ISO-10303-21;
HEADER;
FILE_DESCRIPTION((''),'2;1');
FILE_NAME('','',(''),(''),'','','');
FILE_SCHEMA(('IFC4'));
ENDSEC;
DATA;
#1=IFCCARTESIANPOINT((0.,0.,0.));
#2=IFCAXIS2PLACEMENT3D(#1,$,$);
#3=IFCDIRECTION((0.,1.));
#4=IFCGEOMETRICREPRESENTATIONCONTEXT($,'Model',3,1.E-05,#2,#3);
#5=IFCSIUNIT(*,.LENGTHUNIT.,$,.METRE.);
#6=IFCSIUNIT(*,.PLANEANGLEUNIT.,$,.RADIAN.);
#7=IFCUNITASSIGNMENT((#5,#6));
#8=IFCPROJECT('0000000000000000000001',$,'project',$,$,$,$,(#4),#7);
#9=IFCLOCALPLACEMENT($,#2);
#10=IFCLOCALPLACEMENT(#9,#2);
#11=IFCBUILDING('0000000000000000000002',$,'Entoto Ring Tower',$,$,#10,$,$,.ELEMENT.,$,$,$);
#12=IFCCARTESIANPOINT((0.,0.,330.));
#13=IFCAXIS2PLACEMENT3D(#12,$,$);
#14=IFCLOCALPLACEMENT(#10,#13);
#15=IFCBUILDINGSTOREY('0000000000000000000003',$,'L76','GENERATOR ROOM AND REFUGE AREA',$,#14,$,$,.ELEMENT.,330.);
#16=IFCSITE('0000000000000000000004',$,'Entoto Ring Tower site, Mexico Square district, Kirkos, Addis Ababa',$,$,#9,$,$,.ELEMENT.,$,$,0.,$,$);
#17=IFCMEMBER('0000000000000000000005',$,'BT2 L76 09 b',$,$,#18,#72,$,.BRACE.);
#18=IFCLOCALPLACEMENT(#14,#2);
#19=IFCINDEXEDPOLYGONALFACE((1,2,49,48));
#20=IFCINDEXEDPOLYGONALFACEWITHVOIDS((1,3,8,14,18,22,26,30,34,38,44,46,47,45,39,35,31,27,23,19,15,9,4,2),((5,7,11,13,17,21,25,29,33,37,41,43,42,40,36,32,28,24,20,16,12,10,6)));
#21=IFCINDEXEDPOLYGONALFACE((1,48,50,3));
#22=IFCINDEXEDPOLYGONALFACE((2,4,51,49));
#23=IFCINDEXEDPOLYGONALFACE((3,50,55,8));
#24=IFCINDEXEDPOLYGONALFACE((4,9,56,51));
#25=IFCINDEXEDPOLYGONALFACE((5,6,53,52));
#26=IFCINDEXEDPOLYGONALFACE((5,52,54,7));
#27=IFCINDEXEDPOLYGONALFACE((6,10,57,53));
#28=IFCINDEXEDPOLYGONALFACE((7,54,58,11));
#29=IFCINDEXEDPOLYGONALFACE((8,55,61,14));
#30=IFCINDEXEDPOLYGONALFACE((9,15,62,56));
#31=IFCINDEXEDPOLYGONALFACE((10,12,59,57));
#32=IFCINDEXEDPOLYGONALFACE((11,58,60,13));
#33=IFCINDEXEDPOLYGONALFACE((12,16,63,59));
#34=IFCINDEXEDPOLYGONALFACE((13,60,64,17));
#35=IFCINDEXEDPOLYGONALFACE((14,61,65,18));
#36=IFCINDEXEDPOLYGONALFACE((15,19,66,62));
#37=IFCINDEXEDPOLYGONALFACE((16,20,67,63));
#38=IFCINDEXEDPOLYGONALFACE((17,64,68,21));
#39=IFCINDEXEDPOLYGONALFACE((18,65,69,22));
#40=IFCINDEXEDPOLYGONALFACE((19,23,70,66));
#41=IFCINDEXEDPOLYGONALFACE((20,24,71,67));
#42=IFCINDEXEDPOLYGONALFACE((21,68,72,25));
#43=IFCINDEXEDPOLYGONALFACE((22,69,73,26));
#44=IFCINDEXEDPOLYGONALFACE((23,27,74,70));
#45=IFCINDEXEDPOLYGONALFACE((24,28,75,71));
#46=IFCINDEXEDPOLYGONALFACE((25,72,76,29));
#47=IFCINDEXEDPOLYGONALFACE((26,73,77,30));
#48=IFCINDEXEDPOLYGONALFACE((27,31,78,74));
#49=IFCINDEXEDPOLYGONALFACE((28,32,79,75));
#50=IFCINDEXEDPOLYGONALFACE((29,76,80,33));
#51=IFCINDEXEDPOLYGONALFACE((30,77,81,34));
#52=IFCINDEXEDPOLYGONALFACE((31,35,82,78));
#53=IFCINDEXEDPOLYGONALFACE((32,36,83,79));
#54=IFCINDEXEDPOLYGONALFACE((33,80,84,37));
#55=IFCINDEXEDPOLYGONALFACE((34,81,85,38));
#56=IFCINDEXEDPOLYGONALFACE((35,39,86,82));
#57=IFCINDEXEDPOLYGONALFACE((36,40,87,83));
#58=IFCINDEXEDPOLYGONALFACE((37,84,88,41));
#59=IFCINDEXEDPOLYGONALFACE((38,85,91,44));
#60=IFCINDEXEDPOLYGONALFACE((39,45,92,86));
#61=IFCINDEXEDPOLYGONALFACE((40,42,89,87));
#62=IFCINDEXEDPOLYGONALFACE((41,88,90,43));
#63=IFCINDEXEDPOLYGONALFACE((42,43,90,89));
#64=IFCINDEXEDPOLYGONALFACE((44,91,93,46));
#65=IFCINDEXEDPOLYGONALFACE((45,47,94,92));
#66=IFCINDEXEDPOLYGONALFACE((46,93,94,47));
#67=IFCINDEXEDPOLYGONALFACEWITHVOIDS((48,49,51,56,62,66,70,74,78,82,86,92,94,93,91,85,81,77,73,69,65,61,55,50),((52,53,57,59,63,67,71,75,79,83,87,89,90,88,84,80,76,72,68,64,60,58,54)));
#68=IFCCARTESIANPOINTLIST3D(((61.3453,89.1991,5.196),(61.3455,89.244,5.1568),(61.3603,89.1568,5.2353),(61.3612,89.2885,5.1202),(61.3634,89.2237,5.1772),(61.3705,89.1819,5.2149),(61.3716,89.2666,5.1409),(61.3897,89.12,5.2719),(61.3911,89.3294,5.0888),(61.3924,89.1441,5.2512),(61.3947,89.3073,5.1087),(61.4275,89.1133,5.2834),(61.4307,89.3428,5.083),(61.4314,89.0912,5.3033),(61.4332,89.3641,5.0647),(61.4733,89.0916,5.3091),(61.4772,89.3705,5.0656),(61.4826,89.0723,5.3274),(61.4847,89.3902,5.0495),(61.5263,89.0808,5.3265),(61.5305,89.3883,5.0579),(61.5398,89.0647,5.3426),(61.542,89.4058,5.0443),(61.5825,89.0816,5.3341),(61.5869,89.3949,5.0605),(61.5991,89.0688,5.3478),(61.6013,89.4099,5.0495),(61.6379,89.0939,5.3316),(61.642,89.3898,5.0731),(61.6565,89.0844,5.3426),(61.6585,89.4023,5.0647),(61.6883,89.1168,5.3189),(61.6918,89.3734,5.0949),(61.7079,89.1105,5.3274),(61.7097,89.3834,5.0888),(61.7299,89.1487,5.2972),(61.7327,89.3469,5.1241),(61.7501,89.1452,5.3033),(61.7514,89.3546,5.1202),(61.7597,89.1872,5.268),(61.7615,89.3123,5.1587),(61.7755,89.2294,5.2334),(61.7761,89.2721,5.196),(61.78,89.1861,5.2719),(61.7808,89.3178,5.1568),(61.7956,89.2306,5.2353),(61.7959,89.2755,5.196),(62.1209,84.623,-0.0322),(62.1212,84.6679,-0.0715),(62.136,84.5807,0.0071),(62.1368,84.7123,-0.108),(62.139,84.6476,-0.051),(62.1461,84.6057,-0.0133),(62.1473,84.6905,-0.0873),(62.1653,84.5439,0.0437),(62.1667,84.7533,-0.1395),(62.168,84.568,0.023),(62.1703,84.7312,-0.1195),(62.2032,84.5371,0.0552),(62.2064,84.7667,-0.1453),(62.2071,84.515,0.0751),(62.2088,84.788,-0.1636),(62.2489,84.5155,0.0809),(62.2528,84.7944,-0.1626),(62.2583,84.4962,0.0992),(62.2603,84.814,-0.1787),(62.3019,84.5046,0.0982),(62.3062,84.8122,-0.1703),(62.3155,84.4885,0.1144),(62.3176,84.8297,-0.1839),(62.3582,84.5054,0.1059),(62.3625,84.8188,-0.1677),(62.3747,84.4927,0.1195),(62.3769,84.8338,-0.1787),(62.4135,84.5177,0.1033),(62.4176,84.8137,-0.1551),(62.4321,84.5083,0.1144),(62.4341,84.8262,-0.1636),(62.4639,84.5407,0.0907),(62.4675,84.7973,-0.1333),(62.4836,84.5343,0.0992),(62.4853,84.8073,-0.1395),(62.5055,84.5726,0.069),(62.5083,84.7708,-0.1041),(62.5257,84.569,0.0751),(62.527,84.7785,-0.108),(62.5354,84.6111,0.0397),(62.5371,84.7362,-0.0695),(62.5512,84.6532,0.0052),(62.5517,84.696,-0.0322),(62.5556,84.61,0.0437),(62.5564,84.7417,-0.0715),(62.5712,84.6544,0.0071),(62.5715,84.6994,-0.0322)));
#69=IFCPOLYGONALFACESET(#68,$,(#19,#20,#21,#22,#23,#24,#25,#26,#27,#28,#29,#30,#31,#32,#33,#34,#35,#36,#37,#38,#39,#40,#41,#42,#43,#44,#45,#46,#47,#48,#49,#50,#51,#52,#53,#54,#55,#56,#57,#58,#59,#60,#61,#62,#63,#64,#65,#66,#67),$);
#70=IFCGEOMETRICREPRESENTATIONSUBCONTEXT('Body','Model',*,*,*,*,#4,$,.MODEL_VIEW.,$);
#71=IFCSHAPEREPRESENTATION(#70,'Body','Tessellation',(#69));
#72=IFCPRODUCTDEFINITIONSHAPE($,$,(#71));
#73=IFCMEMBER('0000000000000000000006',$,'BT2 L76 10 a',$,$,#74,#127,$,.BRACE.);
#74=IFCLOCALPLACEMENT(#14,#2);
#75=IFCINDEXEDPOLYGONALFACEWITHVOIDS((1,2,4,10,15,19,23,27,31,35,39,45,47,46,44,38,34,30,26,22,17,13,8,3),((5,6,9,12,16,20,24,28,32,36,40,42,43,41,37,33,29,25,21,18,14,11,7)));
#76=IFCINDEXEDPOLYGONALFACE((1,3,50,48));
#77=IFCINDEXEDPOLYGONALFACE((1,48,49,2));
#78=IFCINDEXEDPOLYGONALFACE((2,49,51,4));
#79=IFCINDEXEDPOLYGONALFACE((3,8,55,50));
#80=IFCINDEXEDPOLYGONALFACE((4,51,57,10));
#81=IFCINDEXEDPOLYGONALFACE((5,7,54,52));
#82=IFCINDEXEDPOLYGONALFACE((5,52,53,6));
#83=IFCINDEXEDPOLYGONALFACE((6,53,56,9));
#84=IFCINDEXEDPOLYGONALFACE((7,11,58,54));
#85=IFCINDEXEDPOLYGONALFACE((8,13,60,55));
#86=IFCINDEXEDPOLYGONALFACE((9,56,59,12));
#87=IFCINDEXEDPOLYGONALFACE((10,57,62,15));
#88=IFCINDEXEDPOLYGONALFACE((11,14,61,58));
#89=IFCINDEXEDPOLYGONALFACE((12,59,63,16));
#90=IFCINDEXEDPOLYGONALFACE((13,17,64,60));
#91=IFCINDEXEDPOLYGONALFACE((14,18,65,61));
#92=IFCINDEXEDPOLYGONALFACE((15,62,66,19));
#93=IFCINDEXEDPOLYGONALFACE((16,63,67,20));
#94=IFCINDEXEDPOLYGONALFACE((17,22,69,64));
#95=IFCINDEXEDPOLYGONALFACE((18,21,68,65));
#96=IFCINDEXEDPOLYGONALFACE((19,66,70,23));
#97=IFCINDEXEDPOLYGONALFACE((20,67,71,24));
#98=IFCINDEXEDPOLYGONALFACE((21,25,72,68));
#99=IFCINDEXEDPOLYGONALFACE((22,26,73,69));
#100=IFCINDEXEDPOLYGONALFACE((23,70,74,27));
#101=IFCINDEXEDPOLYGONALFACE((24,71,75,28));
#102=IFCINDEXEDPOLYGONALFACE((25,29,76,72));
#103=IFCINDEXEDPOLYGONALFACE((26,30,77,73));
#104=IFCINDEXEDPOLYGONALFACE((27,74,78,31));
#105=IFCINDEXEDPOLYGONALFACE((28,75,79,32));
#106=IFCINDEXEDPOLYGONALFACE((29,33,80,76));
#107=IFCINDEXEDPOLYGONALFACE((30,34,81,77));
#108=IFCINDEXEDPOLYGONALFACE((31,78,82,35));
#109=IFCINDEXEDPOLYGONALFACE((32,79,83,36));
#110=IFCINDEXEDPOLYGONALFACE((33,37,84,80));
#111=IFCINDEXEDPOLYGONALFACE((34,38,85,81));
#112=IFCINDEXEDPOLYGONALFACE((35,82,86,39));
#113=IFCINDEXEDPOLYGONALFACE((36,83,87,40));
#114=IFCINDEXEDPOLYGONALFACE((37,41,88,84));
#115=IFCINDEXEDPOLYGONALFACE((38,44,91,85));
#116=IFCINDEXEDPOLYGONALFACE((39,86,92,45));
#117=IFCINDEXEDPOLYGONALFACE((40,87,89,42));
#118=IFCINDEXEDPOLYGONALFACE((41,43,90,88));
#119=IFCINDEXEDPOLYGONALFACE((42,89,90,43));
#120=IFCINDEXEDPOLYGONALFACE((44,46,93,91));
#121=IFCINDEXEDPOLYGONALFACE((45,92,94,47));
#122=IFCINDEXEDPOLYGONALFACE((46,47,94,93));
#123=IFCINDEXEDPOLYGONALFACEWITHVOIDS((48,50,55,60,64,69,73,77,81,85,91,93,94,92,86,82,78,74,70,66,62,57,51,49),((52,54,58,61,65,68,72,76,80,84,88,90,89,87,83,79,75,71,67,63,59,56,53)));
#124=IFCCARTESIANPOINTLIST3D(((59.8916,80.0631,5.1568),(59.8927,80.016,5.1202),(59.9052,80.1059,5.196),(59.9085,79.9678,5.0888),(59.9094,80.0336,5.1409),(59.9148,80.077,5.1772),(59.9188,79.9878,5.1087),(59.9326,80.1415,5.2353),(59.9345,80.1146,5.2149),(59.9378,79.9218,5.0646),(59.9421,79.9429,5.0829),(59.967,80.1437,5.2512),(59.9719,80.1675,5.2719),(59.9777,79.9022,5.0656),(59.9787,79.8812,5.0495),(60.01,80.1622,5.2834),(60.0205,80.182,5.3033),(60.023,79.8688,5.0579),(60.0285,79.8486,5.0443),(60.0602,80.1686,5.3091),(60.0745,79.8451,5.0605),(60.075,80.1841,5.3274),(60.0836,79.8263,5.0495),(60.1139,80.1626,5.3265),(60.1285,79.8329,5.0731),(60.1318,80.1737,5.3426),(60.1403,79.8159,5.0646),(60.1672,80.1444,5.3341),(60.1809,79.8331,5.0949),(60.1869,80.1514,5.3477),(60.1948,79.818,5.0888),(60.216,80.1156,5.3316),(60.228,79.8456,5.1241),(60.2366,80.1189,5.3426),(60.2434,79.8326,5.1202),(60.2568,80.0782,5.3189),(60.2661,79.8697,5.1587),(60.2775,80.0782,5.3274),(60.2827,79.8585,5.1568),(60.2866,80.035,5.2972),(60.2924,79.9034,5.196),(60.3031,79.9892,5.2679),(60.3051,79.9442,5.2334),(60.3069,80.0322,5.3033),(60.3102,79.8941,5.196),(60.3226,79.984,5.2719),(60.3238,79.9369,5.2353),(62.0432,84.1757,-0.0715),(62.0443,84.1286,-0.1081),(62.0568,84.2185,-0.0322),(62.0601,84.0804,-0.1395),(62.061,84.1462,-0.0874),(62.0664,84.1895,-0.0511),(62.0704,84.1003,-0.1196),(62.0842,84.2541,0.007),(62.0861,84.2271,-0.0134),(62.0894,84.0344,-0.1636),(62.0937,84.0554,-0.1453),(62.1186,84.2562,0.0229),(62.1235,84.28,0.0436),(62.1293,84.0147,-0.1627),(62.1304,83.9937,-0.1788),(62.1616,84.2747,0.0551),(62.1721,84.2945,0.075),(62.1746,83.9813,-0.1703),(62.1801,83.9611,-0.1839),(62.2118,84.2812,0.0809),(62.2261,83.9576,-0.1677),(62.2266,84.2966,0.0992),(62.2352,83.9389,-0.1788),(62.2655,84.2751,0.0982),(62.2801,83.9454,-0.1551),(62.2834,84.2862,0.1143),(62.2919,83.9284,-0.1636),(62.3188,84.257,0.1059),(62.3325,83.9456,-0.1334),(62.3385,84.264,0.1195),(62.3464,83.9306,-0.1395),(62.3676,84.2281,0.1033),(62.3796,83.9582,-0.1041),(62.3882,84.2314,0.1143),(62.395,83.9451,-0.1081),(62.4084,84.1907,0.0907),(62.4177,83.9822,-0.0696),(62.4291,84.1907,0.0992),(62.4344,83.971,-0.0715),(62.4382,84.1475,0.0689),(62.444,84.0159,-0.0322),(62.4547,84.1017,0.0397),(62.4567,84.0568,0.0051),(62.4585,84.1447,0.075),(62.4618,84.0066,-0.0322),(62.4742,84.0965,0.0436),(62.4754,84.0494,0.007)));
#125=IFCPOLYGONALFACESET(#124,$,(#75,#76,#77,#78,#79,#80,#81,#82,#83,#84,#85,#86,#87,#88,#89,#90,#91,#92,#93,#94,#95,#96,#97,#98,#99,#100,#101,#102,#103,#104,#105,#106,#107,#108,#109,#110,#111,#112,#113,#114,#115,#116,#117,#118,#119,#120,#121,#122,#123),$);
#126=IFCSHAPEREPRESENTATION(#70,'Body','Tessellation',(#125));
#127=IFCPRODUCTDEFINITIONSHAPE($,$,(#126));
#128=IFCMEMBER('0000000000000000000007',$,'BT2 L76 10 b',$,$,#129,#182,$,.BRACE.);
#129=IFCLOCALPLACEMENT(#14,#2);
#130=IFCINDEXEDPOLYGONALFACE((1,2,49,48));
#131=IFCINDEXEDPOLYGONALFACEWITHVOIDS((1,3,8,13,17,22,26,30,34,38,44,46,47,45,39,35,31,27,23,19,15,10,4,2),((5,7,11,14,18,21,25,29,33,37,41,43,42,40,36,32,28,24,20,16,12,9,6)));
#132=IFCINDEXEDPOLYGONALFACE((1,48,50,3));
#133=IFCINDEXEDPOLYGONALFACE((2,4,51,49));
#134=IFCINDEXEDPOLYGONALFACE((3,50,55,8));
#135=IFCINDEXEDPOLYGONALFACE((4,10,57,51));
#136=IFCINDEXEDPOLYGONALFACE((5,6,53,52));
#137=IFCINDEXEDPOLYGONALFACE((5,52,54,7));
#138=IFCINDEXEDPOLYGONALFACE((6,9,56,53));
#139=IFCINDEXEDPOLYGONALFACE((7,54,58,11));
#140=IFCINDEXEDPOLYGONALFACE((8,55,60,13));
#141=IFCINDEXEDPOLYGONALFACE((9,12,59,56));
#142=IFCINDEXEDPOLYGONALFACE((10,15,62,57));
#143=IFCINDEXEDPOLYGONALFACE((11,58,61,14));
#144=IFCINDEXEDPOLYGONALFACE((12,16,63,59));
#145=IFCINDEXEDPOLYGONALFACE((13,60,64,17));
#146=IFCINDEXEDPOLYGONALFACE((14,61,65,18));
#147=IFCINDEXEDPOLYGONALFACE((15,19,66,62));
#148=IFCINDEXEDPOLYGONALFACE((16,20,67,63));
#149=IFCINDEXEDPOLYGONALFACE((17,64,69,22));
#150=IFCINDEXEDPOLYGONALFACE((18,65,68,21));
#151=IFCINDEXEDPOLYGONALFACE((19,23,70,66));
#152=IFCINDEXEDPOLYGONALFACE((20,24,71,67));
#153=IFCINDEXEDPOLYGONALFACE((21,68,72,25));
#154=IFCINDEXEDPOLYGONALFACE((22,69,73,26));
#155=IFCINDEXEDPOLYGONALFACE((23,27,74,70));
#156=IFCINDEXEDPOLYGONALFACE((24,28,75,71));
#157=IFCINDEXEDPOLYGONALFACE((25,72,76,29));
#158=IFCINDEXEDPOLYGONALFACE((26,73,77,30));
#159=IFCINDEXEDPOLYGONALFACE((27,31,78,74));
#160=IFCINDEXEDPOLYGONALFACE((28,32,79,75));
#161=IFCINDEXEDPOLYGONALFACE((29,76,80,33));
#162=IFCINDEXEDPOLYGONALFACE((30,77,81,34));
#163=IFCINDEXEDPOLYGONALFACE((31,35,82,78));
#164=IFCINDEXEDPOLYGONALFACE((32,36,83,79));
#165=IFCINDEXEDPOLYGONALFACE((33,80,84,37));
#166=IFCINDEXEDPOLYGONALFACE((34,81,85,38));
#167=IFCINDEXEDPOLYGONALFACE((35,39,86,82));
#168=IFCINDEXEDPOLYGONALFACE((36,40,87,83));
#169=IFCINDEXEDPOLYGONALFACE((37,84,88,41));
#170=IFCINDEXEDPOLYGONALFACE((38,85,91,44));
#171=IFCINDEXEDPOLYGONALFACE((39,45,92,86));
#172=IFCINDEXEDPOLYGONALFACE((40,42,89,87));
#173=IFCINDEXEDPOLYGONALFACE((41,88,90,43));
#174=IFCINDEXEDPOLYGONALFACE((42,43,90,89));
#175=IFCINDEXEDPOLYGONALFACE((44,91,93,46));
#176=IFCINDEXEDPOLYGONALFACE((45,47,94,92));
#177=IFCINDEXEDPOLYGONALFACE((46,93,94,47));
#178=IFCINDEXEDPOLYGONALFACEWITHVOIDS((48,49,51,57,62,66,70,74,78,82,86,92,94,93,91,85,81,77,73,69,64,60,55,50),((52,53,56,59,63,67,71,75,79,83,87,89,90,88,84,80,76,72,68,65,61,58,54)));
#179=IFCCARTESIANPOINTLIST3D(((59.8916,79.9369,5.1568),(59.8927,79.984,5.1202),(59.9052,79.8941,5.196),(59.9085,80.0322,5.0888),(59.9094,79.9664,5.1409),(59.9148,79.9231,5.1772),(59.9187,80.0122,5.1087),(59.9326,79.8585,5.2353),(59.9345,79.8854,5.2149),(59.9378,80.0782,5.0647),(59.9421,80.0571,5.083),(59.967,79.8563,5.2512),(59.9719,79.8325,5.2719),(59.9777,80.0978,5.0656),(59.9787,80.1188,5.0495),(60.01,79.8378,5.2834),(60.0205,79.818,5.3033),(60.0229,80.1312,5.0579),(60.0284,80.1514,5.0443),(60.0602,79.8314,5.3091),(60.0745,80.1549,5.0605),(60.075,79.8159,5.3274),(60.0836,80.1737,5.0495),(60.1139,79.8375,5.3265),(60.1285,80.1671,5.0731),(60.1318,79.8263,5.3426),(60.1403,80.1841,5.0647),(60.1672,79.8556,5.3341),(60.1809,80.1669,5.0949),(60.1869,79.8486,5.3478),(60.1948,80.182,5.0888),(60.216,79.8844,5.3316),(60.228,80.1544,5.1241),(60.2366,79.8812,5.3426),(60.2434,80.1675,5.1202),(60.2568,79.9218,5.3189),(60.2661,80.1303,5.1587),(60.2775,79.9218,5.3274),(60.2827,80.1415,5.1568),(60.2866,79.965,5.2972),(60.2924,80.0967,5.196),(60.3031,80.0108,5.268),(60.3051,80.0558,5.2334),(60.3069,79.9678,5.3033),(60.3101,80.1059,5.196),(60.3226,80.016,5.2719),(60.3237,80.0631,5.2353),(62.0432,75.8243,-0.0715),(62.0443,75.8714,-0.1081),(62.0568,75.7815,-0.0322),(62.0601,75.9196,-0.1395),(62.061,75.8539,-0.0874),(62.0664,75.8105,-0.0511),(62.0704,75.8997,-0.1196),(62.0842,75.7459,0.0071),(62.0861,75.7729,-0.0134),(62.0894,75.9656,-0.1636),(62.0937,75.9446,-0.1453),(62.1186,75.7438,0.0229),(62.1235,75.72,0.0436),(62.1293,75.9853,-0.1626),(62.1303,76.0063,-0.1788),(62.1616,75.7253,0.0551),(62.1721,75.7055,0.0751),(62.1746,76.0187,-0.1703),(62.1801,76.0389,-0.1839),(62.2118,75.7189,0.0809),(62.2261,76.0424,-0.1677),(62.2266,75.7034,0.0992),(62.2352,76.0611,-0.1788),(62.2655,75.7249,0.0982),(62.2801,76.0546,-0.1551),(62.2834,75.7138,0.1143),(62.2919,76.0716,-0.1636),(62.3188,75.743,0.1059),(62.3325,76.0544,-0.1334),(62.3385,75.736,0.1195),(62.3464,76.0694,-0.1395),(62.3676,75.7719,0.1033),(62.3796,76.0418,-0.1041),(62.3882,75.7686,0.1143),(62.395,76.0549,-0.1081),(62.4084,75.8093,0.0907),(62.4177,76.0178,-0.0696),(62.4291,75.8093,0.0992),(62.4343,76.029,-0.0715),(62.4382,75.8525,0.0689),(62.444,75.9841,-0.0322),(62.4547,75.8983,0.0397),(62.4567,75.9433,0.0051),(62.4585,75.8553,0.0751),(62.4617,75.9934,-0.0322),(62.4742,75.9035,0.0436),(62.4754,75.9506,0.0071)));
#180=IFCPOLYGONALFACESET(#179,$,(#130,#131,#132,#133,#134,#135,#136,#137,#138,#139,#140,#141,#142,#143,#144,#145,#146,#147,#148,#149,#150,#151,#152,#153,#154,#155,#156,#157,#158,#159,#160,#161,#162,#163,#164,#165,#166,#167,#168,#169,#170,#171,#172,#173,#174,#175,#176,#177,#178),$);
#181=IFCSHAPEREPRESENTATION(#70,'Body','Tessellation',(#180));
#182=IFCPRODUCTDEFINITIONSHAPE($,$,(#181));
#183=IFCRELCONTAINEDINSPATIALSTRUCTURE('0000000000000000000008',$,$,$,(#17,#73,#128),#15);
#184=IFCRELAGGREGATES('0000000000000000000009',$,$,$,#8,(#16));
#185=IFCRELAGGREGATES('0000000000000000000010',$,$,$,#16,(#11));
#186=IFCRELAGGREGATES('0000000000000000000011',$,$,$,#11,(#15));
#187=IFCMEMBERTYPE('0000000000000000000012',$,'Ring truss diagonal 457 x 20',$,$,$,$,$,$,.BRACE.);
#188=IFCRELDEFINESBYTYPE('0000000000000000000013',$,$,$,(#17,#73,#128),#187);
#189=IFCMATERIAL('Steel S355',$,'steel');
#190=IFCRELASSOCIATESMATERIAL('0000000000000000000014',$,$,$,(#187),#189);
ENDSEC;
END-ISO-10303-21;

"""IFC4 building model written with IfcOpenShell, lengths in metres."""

from ifc_helpers import new_model, si_unit, direction, frame, origin, origin_2d, place, context, subcontext, project, spatial, circle, hollow_circle, extrude, material, material_profile, profile_set, type_object, element, save


model = new_model("IFC4")

# Units and contexts
model_context = context("Model", 3, precision=1e-05, world=origin(), true_north=direction((0.0, 1.0)))
body_context = subcontext(model_context, "Body", "Model", "MODEL_VIEW")
ifc_project = project(units=[si_unit("LENGTHUNIT", "METRE"), si_unit("PLANEANGLEUNIT", "RADIAN")], contexts=[model_context])

# Site, building, storey
site_placement = place(None, origin())
site = spatial("IfcSite", under=ifc_project, at=site_placement, Name="Entoto Ring Tower site, Mexico Square district, Kirkos, Addis Ababa", CompositionType="ELEMENT", RefElevation=0.0)
building_placement = place(site_placement, origin())
building = spatial("IfcBuilding", under=site, at=building_placement, Name="Entoto Ring Tower", CompositionType="ELEMENT")
storey_placement = place(building_placement, frame((0.0, 0.0, 330.0)))
storey = spatial("IfcBuildingStorey", under=building, at=storey_placement, Name="L76", Description="GENERATOR ROOM AND REFUGE AREA", CompositionType="ELEMENT", Elevation=330.0)

# Members
ifc_material_1 = material(Name="Steel S355", Category="steel")
ifc_material_profile_1 = material_profile(ifc_material_1, hollow_circle(Radius=0.2285, WallThickness=0.02, at=origin_2d()), Name="CHS 457 x 20")
ifc_material_2 = material(Name="Concrete C60/75", Category="concrete")
ifc_material_profile_2 = material_profile(ifc_material_2, circle(Radius=0.2085, at=origin_2d()), Name="Concrete C60/75 infill")
ifc_profile_set_1 = profile_set([ifc_material_profile_1, ifc_material_profile_2], Name="Steel S355")
member_type_1 = type_object("IfcMemberType", Name="Ring truss diagonal 457 x 20", PredefinedType="BRACE", material=ifc_profile_set_1)
for number, where, z_axis, x_axis, name in (
    (1, (61.5706, 89.2373, 5.196), (0.110943, -0.654556, -0.747829), (0.985938, 0.167111, 0.0), "BT2 L76 09 b"),
    (2, (62.2593, 84.1125, -0.0322), (-0.307759, -0.588244, 0.747833), (0.88606, -0.463571, 0.0), "BT2 L76 10 a"),
    (3, (60.1077, 80.0, 5.196), (0.307759, -0.588244, -0.747833), (0.88606, 0.463571, 0.0), "BT2 L76 10 b"),
):
    element("IfcMember", number, at=place(storey_placement, frame(where, z_axis=z_axis, x_axis=x_axis)), inside=storey, type_object=member_type_1, Name=name, PredefinedType="BRACE", context=body_context, shape_type="SweptSolid", body=[
        extrude(hollow_circle(Radius=0.2285, WallThickness=0.02, at=origin_2d()), origin(), (0.0, 0.0, 1.0), 6.9912),
    ])

save(model, "model.ifc")
